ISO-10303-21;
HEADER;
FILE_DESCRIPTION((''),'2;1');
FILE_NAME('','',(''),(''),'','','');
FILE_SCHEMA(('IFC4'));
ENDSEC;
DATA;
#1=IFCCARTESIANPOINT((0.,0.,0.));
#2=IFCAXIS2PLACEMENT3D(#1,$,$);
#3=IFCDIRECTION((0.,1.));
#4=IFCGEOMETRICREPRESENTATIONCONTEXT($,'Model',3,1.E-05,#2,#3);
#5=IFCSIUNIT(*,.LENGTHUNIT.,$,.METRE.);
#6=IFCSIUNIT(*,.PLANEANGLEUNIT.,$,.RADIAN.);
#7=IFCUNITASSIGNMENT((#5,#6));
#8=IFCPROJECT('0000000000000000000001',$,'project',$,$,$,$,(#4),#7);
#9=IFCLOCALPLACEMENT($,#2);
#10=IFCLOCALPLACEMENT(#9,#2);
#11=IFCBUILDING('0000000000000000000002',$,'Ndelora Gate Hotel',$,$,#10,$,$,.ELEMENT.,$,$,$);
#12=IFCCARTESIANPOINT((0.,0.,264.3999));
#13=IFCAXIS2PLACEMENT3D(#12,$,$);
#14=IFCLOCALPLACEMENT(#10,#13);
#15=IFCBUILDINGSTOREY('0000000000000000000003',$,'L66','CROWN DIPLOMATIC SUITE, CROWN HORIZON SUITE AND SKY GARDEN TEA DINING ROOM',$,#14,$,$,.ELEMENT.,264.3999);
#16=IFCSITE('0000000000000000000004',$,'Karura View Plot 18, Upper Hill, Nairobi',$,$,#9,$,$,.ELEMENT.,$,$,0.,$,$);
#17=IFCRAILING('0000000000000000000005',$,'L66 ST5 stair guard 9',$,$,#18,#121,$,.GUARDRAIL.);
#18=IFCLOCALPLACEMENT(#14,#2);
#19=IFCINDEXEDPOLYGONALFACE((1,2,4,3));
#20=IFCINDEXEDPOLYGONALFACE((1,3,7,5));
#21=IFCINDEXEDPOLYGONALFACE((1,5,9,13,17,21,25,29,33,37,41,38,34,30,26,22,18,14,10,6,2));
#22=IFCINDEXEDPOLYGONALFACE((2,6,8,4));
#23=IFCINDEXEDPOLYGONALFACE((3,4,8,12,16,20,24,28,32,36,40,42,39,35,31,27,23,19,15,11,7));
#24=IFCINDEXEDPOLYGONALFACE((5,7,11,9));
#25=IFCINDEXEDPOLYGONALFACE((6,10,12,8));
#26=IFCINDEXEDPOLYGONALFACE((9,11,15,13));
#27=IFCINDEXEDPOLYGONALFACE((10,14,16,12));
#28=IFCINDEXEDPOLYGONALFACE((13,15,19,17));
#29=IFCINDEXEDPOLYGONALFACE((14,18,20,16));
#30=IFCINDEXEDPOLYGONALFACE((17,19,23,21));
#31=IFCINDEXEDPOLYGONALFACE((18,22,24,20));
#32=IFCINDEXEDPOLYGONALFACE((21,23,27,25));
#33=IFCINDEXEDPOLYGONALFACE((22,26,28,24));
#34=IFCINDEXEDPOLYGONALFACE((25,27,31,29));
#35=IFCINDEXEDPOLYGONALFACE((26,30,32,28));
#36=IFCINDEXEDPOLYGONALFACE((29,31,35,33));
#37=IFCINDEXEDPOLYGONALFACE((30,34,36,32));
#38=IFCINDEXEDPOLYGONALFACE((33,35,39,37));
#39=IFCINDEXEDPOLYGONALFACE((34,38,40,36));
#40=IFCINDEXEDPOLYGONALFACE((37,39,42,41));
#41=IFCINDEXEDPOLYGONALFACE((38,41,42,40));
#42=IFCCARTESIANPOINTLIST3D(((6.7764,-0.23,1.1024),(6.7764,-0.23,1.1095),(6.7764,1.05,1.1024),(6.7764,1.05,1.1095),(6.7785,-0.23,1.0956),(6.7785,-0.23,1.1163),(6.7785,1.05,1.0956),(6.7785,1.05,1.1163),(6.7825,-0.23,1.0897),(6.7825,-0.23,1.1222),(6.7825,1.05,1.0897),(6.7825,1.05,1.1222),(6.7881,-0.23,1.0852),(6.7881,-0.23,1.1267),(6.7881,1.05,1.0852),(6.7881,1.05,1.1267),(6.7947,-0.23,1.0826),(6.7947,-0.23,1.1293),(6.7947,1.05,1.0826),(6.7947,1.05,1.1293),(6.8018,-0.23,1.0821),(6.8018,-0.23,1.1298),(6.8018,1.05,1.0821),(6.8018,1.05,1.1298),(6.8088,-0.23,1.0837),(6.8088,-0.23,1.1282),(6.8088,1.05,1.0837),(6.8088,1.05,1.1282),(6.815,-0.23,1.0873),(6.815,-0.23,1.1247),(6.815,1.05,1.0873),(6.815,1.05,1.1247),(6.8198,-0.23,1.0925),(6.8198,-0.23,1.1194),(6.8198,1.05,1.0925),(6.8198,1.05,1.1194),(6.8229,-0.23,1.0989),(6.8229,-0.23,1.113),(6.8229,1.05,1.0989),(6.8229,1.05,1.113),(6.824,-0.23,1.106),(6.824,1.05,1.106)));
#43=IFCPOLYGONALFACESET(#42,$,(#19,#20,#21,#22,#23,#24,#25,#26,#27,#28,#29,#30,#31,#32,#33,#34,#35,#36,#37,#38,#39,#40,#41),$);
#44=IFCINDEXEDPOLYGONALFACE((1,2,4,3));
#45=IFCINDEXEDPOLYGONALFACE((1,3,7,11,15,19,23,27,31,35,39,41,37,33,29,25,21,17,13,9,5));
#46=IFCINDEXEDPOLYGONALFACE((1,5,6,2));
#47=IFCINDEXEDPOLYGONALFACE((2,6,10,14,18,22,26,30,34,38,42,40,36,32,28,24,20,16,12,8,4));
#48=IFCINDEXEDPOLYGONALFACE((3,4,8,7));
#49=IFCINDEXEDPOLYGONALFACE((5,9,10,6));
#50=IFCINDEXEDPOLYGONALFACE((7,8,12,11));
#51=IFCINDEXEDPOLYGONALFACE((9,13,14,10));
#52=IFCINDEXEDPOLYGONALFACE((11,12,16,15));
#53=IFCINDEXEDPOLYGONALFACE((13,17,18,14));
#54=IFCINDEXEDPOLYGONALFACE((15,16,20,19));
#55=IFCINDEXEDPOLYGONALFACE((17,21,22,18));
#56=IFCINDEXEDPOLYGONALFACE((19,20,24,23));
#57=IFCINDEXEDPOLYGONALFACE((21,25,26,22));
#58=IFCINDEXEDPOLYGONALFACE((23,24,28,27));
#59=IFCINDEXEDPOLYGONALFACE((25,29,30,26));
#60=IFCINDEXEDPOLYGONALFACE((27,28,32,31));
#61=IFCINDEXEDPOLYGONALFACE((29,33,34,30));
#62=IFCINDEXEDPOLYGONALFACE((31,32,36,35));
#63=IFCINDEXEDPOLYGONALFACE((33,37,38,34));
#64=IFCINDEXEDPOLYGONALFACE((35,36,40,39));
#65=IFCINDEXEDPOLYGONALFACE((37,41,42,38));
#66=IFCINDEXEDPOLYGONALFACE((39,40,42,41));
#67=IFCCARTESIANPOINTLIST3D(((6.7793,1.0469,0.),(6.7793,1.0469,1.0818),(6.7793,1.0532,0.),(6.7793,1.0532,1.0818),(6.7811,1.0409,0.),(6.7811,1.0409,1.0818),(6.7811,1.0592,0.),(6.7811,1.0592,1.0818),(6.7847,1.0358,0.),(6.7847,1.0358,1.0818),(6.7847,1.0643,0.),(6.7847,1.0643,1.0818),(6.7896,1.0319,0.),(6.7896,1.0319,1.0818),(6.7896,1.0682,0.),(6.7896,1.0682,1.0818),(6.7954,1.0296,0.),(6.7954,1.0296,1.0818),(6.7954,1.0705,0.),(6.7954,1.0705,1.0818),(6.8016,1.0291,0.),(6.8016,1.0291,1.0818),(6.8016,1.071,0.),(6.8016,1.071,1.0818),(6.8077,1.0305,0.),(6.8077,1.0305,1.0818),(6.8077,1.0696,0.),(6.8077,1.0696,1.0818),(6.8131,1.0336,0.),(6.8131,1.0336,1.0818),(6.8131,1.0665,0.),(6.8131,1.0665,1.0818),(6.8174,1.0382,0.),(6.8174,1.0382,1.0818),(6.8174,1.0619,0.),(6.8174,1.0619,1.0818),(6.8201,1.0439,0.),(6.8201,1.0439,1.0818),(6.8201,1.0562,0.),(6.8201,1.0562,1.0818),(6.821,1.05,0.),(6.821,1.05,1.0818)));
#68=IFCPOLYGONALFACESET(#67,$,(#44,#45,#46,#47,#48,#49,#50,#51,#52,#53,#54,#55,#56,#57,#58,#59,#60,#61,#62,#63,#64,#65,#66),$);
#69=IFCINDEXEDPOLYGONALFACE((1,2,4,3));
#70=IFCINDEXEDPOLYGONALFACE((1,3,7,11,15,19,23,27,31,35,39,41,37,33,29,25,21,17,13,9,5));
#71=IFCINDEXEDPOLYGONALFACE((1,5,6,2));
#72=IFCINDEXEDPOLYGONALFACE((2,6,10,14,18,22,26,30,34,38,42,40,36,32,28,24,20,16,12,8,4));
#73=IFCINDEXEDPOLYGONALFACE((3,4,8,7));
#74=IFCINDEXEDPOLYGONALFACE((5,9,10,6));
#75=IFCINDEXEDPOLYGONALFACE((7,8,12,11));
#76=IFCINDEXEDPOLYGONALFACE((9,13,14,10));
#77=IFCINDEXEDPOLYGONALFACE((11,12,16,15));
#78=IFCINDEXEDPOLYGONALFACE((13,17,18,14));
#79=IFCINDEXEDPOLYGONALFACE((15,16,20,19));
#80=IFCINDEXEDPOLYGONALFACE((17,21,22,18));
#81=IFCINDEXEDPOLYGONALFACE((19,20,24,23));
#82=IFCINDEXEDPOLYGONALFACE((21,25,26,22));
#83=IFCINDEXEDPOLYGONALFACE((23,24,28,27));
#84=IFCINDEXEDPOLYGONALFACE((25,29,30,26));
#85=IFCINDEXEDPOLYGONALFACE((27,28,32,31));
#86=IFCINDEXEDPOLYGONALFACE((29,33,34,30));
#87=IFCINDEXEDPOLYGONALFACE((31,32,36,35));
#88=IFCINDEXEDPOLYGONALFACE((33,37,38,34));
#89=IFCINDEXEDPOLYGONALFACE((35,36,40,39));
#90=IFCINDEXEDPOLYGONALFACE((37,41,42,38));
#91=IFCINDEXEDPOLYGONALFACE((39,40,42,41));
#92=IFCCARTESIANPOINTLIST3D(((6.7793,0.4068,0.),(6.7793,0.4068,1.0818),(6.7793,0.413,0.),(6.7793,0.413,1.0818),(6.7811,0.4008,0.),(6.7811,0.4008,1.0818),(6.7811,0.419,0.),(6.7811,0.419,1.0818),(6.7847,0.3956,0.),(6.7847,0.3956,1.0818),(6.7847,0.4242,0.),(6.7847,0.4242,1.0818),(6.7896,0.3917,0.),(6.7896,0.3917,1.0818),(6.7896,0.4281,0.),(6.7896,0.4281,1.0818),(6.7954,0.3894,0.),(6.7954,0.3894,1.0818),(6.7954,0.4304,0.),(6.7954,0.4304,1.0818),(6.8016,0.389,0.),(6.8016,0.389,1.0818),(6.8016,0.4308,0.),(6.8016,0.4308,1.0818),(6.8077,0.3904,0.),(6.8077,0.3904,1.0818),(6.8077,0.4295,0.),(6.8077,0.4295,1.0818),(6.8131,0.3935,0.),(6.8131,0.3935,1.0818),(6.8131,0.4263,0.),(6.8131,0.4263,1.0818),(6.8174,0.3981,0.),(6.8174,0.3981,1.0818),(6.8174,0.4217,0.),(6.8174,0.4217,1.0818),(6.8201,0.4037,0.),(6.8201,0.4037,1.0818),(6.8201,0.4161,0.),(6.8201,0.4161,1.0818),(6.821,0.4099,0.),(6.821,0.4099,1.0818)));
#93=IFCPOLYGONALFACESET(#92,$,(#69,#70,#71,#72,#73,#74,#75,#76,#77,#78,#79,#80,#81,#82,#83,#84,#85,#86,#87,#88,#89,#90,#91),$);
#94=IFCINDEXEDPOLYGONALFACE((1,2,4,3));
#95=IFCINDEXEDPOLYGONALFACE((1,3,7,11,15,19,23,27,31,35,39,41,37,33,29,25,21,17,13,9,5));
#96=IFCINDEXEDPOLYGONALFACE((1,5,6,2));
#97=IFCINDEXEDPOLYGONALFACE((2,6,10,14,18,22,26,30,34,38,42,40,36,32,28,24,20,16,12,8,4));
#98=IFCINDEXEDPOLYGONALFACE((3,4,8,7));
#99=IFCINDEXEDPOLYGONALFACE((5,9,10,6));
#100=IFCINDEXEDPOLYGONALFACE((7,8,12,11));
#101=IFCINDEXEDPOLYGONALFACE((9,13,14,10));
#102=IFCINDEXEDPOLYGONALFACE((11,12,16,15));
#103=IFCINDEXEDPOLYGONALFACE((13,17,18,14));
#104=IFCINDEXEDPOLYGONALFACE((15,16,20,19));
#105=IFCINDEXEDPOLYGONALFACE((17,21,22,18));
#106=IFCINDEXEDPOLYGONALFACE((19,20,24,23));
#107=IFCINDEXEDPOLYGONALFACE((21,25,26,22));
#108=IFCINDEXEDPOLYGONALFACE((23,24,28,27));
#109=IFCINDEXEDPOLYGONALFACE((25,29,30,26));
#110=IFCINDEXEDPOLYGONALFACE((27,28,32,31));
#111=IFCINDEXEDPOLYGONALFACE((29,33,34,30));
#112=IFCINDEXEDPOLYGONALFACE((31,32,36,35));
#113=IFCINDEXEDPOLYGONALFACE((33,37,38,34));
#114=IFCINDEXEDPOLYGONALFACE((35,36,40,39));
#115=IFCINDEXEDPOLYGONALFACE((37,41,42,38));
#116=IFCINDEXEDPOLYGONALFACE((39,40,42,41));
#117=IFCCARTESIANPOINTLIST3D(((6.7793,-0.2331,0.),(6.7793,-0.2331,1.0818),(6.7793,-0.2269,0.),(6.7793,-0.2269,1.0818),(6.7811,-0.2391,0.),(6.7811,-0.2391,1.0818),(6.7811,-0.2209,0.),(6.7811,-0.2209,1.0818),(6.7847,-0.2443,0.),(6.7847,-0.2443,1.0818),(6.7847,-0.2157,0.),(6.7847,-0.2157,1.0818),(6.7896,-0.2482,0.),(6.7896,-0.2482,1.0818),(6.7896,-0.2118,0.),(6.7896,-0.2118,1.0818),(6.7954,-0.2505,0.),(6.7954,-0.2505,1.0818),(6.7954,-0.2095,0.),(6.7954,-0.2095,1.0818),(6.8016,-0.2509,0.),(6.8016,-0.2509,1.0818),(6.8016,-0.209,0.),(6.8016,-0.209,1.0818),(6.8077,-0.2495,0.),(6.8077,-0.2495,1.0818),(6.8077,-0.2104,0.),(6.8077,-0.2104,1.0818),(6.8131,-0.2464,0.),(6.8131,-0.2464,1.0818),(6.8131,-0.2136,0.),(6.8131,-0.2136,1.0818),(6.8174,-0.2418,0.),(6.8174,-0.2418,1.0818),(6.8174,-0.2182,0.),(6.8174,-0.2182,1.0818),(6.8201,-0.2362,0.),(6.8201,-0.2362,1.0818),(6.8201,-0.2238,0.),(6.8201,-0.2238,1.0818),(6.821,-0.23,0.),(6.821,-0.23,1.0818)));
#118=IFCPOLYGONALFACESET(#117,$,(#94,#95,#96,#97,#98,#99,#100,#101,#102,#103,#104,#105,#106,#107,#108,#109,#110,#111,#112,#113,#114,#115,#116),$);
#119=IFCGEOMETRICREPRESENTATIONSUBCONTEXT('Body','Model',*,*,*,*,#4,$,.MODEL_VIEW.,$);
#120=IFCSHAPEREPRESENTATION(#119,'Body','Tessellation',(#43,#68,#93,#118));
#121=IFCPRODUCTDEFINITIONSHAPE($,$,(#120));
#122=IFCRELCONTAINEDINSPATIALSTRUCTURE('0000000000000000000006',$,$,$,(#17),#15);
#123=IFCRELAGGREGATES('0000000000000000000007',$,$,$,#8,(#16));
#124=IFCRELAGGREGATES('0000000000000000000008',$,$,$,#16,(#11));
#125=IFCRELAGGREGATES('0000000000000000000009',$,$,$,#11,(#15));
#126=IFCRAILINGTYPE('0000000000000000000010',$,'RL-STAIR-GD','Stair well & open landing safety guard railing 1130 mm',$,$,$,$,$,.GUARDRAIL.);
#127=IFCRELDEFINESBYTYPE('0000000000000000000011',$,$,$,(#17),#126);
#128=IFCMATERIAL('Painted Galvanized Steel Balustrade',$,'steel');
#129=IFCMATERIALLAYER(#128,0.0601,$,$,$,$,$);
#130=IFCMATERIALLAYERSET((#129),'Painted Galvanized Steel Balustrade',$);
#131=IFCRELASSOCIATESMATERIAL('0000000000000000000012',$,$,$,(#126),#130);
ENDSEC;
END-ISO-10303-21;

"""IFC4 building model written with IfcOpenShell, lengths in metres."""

from ifc_helpers import new_model, si_unit, direction, frame, origin, origin_2d, place, context, subcontext, project, spatial, circle, extrude, material, layer, layer_set, type_object, element, save


model = new_model("IFC4")

# Units and contexts
model_context = context("Model", 3, precision=1e-05, world=origin(), true_north=direction((0.0, 1.0)))
body_context = subcontext(model_context, "Body", "Model", "MODEL_VIEW")
ifc_project = project(units=[si_unit("LENGTHUNIT", "METRE"), si_unit("PLANEANGLEUNIT", "RADIAN")], contexts=[model_context])

# Site, building, storey
site_placement = place(None, origin())
site = spatial("IfcSite", under=ifc_project, at=site_placement, Name="Karura View Plot 18, Upper Hill, Nairobi", CompositionType="ELEMENT", RefElevation=0.0)
building_placement = place(site_placement, origin())
building = spatial("IfcBuilding", under=site, at=building_placement, Name="Ndelora Gate Hotel", CompositionType="ELEMENT")
storey_placement = place(building_placement, frame((0.0, 0.0, 264.3999)))
storey = spatial("IfcBuildingStorey", under=building, at=storey_placement, Name="L66", Description="CROWN DIPLOMATIC SUITE, CROWN HORIZON SUITE AND SKY GARDEN TEA DINING ROOM", CompositionType="ELEMENT", Elevation=264.3999)

# Railing
ifc_material_1 = material(Name="Painted Galvanized Steel Balustrade", Category="steel")
ifc_layer_1 = layer(ifc_material_1, 0.0601)
ifc_layer_set_1 = layer_set([ifc_layer_1], Name="Painted Galvanized Steel Balustrade")
railing_type = type_object("IfcRailingType", Name="RL-STAIR-GD", Description="Stair well & open landing safety guard railing 1130 mm", PredefinedType="GUARDRAIL", material=ifc_layer_set_1)
railing_1_placement = place(storey_placement, frame((6.8, 1.05, 0.0)))
element("IfcRailing", 1, at=railing_1_placement, inside=storey, type_object=railing_type, Name="L66 ST5 stair guard 9", PredefinedType="GUARDRAIL", context=body_context, shape_type="SweptSolid", body=[
    extrude(circle(Radius=0.0239, at=origin_2d()), frame((0.0, 0.0, 1.106), z_axis=(0.0, -1.0, 0.0), x_axis=(1.0, 0.0, 0.0)), (0.0, 0.0, 1.0), 1.28),
    extrude(circle(Radius=0.021, at=origin_2d()), origin(), (0.0, 0.0, 1.0), 1.0818),
    extrude(circle(Radius=0.021, at=origin_2d()), frame((0.0, -0.6401, 0.0)), (0.0, 0.0, 1.0), 1.0818),
    extrude(circle(Radius=0.021, at=origin_2d()), frame((0.0, -1.28, 0.0)), (0.0, 0.0, 1.0), 1.0818),
])

save(model, "model.ifc")
